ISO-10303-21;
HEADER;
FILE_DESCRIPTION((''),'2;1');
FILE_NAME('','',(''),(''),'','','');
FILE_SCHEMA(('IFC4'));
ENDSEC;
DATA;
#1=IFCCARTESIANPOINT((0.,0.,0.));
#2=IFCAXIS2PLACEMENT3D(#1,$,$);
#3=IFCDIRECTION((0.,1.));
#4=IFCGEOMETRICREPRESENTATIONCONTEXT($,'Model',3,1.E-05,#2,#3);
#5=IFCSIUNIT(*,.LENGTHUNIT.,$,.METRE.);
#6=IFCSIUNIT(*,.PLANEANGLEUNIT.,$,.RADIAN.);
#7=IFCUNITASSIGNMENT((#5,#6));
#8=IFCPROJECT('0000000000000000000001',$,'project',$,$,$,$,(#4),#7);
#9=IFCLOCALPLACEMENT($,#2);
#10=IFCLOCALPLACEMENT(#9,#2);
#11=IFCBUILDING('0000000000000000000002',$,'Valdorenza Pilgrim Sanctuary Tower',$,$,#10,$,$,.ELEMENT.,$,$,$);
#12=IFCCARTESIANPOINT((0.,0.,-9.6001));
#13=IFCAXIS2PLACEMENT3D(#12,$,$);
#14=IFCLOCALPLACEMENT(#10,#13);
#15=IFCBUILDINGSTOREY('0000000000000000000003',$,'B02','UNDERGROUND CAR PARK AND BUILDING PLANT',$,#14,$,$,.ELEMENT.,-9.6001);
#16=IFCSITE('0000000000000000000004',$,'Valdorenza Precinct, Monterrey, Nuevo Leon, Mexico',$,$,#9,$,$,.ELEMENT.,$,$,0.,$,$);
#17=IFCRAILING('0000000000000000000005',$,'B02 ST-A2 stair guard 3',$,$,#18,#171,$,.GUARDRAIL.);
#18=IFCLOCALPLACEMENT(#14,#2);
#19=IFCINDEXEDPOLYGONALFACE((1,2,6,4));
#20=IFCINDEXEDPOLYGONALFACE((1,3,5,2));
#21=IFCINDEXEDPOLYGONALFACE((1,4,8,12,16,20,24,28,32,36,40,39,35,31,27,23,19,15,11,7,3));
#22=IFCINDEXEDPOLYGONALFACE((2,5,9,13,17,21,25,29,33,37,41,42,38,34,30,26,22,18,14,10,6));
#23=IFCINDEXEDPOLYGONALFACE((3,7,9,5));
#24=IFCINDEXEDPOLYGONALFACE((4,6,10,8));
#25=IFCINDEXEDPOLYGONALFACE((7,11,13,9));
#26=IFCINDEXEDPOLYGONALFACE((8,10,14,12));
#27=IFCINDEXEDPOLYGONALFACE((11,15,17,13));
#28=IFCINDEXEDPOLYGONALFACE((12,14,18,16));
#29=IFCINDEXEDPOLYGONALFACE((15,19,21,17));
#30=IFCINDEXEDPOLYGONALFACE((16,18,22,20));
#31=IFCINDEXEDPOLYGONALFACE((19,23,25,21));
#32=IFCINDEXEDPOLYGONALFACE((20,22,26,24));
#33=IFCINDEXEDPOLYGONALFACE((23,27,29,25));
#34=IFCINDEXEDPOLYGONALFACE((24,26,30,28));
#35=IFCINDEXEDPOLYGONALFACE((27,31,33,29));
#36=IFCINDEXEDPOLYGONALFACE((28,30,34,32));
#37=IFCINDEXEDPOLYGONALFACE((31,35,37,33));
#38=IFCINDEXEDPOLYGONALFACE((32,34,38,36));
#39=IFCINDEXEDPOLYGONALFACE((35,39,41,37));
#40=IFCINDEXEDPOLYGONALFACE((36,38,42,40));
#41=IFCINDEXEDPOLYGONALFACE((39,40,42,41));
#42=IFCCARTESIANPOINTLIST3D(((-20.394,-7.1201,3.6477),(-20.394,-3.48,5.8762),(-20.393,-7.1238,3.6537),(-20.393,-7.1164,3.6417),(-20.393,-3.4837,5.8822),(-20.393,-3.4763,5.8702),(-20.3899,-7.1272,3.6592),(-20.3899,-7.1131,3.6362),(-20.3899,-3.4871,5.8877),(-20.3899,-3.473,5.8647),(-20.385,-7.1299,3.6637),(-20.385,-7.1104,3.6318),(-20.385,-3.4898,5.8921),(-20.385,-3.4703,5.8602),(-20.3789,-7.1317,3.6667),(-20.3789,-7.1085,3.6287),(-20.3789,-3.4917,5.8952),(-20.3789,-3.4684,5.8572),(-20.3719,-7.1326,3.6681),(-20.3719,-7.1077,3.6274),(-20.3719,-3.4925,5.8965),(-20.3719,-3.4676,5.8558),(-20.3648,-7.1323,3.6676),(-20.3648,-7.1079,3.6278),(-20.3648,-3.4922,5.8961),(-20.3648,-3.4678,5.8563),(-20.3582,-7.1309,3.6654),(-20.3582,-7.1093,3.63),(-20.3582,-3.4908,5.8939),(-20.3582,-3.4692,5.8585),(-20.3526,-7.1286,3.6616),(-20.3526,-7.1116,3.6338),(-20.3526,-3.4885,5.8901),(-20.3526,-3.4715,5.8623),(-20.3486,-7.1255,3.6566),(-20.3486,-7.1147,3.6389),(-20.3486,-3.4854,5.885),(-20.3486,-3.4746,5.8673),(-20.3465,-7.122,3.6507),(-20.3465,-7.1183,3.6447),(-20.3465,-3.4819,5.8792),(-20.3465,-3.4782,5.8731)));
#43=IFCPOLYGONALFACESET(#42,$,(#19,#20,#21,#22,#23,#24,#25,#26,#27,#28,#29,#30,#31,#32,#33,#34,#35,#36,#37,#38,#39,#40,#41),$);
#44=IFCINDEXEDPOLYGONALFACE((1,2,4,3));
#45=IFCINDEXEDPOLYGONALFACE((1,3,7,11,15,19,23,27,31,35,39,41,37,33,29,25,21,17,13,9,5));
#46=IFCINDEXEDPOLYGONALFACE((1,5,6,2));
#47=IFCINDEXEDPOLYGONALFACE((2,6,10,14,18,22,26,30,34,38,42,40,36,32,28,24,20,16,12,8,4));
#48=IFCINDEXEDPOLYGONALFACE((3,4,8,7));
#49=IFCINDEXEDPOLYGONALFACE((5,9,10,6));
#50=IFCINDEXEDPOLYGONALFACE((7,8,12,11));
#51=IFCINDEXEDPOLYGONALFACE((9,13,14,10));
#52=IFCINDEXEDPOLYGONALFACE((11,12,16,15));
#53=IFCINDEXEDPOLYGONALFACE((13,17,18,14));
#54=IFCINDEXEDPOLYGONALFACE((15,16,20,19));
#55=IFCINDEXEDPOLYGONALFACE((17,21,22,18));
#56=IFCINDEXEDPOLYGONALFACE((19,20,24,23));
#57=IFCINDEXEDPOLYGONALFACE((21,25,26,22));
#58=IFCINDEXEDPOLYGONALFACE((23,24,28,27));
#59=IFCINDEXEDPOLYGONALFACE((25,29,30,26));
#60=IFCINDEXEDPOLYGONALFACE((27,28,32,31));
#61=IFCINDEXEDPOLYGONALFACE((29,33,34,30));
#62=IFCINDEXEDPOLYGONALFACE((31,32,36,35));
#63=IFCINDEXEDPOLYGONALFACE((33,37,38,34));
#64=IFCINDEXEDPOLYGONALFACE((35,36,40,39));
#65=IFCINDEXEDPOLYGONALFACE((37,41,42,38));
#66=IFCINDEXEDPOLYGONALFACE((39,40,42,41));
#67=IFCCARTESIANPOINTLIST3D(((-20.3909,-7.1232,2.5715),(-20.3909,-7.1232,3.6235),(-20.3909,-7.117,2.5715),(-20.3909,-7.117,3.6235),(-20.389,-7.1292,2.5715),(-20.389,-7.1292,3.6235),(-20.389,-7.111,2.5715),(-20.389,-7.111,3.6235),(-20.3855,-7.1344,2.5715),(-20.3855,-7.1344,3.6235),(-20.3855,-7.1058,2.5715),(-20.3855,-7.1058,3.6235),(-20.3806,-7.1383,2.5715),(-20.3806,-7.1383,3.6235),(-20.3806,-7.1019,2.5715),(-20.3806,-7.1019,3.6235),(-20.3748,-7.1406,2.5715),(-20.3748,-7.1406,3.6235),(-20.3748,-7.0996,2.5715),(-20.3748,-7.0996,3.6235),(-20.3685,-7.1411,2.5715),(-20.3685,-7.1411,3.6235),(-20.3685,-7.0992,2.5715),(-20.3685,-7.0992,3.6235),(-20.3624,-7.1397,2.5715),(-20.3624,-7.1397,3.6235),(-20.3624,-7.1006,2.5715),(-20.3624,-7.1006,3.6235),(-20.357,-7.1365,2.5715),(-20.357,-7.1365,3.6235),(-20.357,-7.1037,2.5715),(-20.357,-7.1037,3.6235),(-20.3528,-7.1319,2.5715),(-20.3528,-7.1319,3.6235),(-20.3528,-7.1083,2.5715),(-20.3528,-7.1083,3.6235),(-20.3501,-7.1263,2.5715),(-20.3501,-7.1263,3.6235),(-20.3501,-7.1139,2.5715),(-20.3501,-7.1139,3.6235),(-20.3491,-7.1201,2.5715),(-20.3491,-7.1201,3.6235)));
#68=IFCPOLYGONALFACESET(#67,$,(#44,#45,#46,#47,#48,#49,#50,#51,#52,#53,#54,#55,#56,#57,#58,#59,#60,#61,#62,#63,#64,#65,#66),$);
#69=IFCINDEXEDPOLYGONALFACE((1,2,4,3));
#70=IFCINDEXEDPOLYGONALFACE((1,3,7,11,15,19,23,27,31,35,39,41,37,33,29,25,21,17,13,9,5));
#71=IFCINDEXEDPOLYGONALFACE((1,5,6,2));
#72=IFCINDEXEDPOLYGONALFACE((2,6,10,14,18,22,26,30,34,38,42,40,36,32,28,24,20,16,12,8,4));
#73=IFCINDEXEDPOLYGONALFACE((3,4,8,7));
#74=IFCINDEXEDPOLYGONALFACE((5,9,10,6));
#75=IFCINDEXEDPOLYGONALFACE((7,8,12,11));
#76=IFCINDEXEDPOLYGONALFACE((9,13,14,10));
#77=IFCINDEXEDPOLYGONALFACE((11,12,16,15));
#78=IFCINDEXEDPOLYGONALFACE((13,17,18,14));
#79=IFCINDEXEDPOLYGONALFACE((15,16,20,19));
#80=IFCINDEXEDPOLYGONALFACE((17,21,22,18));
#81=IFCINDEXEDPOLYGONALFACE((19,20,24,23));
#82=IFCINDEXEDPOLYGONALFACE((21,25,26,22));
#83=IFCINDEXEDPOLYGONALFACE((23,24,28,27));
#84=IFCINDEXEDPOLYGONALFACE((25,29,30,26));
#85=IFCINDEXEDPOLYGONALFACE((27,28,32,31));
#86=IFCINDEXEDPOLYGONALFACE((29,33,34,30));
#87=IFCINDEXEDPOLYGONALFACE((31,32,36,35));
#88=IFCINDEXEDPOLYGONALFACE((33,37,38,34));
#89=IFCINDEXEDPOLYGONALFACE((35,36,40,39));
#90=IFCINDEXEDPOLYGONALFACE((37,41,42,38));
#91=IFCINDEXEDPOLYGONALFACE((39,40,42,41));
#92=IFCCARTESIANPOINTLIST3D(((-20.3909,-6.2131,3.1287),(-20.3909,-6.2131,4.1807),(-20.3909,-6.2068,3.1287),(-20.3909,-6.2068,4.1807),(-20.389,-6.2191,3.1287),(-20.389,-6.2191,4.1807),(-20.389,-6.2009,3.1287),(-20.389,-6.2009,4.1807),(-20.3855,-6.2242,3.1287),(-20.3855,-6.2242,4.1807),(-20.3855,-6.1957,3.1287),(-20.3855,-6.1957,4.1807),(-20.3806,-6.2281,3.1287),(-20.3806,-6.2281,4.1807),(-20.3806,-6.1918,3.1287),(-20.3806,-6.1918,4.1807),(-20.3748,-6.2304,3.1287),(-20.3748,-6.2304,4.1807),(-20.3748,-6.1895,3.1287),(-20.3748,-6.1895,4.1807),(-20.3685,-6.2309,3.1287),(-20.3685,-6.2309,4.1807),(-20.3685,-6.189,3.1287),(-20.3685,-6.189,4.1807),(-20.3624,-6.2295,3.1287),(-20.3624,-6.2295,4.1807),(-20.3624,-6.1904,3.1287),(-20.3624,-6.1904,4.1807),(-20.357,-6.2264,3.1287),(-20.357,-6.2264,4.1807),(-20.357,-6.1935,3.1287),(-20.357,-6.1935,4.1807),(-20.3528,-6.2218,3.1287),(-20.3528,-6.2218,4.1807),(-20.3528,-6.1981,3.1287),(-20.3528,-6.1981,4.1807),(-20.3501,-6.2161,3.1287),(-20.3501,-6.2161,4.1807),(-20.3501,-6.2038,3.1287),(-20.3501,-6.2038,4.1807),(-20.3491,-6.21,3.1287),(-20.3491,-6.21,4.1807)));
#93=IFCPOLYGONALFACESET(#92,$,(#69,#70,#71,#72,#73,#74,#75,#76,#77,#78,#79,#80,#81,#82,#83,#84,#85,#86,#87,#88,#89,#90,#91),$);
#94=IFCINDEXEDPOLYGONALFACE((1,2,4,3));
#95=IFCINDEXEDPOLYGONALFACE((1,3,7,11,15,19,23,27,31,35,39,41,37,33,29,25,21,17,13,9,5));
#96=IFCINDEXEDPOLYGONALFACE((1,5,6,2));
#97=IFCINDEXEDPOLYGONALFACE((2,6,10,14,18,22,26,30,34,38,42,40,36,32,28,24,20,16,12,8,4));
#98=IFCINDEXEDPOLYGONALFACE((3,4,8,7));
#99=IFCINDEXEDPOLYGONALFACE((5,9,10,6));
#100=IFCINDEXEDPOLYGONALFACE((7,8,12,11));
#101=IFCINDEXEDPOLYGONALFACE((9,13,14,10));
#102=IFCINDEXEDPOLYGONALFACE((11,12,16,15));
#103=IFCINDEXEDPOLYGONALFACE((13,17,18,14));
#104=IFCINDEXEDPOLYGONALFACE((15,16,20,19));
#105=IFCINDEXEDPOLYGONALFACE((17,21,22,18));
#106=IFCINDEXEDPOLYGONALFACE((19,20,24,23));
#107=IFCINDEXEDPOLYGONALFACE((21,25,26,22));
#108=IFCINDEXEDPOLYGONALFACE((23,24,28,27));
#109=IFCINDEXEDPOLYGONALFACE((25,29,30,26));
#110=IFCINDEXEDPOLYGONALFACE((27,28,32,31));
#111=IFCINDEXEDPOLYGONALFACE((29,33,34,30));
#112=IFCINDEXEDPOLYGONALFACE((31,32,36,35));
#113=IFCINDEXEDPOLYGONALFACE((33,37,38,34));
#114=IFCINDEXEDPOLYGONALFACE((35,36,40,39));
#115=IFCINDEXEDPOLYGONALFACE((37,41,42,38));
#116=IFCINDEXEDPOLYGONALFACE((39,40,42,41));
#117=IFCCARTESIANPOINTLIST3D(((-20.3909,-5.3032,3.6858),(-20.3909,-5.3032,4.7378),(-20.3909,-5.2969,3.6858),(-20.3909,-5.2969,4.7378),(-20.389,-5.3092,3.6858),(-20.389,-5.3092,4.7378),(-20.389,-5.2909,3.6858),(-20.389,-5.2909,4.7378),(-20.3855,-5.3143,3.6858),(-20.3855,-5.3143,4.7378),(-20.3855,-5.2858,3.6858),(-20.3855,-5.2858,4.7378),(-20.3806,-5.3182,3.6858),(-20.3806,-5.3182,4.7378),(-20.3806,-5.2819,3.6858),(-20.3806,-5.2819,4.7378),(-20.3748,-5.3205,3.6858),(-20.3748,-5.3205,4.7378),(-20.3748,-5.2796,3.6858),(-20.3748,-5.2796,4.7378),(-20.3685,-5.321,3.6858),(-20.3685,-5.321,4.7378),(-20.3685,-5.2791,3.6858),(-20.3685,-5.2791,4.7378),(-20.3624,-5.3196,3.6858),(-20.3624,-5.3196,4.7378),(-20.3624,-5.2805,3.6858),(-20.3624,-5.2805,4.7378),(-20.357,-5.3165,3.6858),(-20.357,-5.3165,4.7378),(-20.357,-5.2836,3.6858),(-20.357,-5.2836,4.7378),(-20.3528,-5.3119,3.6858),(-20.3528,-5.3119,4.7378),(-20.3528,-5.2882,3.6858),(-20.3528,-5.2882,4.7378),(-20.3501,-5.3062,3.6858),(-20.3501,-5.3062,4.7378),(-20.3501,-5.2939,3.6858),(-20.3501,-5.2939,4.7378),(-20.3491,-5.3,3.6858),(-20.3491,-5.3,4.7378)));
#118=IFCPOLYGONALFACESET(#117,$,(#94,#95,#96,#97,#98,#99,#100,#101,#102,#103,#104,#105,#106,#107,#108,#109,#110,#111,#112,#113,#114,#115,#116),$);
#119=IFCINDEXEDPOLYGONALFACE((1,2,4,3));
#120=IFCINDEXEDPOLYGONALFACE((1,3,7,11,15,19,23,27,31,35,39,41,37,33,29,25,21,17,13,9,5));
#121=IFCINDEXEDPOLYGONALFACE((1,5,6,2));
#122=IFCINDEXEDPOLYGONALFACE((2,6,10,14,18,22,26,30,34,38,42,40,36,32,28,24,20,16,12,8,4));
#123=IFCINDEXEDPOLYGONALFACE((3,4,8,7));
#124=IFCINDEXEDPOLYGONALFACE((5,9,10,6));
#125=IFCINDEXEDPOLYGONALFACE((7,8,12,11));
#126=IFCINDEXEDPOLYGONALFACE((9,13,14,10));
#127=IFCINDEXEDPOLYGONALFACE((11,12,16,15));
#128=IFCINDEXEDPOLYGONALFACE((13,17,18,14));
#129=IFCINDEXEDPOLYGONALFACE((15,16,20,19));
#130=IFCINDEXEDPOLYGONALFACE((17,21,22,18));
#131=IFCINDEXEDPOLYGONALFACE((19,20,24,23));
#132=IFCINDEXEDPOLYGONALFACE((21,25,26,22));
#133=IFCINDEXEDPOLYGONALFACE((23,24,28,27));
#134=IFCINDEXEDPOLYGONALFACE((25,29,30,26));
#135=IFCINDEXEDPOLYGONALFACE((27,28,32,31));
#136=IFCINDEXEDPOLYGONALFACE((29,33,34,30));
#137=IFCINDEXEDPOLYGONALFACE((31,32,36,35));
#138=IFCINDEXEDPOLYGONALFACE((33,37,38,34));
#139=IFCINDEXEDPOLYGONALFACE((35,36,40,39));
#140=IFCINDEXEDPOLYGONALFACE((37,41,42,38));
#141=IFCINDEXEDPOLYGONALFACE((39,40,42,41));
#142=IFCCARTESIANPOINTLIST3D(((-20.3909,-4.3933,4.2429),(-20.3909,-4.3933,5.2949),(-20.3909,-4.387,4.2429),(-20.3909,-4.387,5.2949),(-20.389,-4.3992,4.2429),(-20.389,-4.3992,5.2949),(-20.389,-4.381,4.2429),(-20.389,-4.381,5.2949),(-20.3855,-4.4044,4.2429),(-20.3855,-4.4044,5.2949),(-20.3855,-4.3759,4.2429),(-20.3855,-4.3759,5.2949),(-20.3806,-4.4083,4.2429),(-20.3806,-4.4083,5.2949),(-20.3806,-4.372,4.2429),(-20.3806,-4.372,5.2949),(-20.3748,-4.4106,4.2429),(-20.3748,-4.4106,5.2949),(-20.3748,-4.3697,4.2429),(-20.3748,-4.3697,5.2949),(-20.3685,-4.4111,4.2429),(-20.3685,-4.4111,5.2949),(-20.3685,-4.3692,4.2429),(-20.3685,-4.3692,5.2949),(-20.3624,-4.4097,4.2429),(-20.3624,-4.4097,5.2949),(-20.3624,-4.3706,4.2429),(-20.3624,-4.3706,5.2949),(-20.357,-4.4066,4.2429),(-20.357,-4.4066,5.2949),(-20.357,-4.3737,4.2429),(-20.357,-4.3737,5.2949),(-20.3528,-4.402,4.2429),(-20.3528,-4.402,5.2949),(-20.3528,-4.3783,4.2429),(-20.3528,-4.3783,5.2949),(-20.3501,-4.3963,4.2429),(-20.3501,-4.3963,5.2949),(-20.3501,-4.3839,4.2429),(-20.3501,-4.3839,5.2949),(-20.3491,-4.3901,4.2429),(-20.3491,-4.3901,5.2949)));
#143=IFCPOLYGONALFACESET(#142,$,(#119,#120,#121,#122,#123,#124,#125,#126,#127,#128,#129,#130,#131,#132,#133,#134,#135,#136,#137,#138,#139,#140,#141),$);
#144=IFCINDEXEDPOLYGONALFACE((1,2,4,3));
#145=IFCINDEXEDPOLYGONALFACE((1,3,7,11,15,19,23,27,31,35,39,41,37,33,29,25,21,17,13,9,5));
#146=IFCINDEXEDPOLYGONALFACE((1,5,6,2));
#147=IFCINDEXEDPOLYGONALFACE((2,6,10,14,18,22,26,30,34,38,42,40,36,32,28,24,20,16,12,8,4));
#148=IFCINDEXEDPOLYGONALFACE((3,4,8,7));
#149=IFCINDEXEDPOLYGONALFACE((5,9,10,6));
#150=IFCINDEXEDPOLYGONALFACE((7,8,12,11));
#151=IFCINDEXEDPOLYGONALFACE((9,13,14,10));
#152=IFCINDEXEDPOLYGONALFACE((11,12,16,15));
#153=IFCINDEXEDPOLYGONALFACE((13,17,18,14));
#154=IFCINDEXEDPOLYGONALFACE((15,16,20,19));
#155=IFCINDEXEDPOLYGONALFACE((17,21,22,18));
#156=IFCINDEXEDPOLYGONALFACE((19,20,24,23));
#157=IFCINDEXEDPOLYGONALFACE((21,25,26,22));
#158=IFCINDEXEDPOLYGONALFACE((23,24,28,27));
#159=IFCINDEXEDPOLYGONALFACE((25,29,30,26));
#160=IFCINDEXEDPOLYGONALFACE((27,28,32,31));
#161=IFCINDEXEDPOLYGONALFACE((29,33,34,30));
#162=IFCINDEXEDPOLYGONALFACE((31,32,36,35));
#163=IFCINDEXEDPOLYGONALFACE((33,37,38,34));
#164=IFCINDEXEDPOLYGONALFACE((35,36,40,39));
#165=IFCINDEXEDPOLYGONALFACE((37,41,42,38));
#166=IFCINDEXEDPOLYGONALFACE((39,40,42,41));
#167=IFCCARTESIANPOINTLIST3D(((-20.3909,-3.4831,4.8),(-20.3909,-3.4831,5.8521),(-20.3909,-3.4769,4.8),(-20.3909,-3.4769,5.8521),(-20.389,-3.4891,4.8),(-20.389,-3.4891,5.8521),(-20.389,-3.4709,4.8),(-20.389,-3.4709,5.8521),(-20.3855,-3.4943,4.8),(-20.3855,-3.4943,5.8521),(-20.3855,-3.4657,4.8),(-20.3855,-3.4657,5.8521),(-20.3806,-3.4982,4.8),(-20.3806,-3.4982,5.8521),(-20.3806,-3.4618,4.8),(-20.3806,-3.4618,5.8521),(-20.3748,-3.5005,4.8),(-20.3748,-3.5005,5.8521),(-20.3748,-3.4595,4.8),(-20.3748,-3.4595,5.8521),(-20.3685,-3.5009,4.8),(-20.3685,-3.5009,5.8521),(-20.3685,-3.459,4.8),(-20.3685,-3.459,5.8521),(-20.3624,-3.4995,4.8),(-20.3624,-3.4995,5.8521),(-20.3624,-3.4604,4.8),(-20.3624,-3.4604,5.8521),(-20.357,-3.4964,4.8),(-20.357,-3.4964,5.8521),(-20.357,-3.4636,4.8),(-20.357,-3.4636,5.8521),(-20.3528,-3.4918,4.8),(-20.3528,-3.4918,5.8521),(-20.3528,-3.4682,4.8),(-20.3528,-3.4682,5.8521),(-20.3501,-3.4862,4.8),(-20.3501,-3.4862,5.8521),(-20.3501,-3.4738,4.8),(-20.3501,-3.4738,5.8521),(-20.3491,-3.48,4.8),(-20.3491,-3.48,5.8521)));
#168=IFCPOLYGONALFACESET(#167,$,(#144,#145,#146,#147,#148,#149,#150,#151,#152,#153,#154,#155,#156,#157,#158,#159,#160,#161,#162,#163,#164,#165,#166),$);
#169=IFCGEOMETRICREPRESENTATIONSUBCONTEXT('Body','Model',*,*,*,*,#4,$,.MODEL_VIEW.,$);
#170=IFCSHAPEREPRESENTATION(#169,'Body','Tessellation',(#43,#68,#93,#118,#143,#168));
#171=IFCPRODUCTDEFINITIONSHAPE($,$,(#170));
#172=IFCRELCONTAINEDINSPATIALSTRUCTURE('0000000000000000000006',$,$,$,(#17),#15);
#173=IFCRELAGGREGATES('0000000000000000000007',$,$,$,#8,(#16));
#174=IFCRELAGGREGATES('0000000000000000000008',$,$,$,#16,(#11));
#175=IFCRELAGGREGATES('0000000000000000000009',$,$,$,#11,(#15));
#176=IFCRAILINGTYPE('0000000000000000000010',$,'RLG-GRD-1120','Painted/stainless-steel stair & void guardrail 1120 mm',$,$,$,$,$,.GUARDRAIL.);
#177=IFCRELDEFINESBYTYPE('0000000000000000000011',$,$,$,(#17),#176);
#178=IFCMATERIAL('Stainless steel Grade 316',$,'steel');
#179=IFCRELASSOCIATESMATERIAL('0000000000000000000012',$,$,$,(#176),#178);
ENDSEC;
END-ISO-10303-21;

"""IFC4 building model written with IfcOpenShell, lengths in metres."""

from ifc_helpers import new_model, si_unit, direction, frame, origin, origin_2d, place, context, subcontext, project, spatial, circle, extrude, material, type_object, element, save


model = new_model("IFC4")

# Units and contexts
model_context = context("Model", 3, precision=1e-05, world=origin(), true_north=direction((0.0, 1.0)))
body_context = subcontext(model_context, "Body", "Model", "MODEL_VIEW")
ifc_project = project(units=[si_unit("LENGTHUNIT", "METRE"), si_unit("PLANEANGLEUNIT", "RADIAN")], contexts=[model_context])

# Site, building, storey
site_placement = place(None, origin())
site = spatial("IfcSite", under=ifc_project, at=site_placement, Name="Valdorenza Precinct, Monterrey, Nuevo Leon, Mexico", CompositionType="ELEMENT", RefElevation=0.0)
building_placement = place(site_placement, origin())
building = spatial("IfcBuilding", under=site, at=building_placement, Name="Valdorenza Pilgrim Sanctuary Tower", CompositionType="ELEMENT")
storey_placement = place(building_placement, frame((0.0, 0.0, -9.6001)))
storey = spatial("IfcBuildingStorey", under=building, at=storey_placement, Name="B02", Description="UNDERGROUND CAR PARK AND BUILDING PLANT", CompositionType="ELEMENT", Elevation=-9.6001)

# Railing
ifc_material_1 = material(Name="Stainless steel Grade 316", Category="steel")
railing_type_1 = type_object("IfcRailingType", Name="RLG-GRD-1120", Description="Painted/stainless-steel stair & void guardrail 1120 mm", PredefinedType="GUARDRAIL", material=ifc_material_1)
railing_1_placement = place(storey_placement, frame((-20.3701, -7.1201, 2.5715)))
element("IfcRailing", 1, at=railing_1_placement, inside=storey, type_object=railing_type_1, Name="B02 ST-A2 stair guard 3", PredefinedType="GUARDRAIL", context=body_context, shape_type="SweptSolid", body=[
    extrude(circle(Radius=0.0239, at=origin_2d()), frame((0.0, 0.0, 1.0762), z_axis=(0.0, 0.852866, 0.52213), x_axis=(-1.0, 0.0, 0.0)), (0.0, 0.0, 1.0), 4.2681),
    extrude(circle(Radius=0.021, at=origin_2d()), origin(), (0.0, 0.0, 1.0), 1.052),
    extrude(circle(Radius=0.021, at=origin_2d()), frame((0.0, 0.9102, 0.5571)), (0.0, 0.0, 1.0), 1.052),
    extrude(circle(Radius=0.021, at=origin_2d()), frame((0.0, 1.8201, 1.1143)), (0.0, 0.0, 1.0), 1.052),
    extrude(circle(Radius=0.021, at=origin_2d()), frame((0.0, 2.73, 1.6714)), (0.0, 0.0, 1.0), 1.052),
    extrude(circle(Radius=0.021, at=origin_2d()), frame((0.0, 3.6401, 2.2285)), (0.0, 0.0, 1.0), 1.052),
])

save(model, "model.ifc")
